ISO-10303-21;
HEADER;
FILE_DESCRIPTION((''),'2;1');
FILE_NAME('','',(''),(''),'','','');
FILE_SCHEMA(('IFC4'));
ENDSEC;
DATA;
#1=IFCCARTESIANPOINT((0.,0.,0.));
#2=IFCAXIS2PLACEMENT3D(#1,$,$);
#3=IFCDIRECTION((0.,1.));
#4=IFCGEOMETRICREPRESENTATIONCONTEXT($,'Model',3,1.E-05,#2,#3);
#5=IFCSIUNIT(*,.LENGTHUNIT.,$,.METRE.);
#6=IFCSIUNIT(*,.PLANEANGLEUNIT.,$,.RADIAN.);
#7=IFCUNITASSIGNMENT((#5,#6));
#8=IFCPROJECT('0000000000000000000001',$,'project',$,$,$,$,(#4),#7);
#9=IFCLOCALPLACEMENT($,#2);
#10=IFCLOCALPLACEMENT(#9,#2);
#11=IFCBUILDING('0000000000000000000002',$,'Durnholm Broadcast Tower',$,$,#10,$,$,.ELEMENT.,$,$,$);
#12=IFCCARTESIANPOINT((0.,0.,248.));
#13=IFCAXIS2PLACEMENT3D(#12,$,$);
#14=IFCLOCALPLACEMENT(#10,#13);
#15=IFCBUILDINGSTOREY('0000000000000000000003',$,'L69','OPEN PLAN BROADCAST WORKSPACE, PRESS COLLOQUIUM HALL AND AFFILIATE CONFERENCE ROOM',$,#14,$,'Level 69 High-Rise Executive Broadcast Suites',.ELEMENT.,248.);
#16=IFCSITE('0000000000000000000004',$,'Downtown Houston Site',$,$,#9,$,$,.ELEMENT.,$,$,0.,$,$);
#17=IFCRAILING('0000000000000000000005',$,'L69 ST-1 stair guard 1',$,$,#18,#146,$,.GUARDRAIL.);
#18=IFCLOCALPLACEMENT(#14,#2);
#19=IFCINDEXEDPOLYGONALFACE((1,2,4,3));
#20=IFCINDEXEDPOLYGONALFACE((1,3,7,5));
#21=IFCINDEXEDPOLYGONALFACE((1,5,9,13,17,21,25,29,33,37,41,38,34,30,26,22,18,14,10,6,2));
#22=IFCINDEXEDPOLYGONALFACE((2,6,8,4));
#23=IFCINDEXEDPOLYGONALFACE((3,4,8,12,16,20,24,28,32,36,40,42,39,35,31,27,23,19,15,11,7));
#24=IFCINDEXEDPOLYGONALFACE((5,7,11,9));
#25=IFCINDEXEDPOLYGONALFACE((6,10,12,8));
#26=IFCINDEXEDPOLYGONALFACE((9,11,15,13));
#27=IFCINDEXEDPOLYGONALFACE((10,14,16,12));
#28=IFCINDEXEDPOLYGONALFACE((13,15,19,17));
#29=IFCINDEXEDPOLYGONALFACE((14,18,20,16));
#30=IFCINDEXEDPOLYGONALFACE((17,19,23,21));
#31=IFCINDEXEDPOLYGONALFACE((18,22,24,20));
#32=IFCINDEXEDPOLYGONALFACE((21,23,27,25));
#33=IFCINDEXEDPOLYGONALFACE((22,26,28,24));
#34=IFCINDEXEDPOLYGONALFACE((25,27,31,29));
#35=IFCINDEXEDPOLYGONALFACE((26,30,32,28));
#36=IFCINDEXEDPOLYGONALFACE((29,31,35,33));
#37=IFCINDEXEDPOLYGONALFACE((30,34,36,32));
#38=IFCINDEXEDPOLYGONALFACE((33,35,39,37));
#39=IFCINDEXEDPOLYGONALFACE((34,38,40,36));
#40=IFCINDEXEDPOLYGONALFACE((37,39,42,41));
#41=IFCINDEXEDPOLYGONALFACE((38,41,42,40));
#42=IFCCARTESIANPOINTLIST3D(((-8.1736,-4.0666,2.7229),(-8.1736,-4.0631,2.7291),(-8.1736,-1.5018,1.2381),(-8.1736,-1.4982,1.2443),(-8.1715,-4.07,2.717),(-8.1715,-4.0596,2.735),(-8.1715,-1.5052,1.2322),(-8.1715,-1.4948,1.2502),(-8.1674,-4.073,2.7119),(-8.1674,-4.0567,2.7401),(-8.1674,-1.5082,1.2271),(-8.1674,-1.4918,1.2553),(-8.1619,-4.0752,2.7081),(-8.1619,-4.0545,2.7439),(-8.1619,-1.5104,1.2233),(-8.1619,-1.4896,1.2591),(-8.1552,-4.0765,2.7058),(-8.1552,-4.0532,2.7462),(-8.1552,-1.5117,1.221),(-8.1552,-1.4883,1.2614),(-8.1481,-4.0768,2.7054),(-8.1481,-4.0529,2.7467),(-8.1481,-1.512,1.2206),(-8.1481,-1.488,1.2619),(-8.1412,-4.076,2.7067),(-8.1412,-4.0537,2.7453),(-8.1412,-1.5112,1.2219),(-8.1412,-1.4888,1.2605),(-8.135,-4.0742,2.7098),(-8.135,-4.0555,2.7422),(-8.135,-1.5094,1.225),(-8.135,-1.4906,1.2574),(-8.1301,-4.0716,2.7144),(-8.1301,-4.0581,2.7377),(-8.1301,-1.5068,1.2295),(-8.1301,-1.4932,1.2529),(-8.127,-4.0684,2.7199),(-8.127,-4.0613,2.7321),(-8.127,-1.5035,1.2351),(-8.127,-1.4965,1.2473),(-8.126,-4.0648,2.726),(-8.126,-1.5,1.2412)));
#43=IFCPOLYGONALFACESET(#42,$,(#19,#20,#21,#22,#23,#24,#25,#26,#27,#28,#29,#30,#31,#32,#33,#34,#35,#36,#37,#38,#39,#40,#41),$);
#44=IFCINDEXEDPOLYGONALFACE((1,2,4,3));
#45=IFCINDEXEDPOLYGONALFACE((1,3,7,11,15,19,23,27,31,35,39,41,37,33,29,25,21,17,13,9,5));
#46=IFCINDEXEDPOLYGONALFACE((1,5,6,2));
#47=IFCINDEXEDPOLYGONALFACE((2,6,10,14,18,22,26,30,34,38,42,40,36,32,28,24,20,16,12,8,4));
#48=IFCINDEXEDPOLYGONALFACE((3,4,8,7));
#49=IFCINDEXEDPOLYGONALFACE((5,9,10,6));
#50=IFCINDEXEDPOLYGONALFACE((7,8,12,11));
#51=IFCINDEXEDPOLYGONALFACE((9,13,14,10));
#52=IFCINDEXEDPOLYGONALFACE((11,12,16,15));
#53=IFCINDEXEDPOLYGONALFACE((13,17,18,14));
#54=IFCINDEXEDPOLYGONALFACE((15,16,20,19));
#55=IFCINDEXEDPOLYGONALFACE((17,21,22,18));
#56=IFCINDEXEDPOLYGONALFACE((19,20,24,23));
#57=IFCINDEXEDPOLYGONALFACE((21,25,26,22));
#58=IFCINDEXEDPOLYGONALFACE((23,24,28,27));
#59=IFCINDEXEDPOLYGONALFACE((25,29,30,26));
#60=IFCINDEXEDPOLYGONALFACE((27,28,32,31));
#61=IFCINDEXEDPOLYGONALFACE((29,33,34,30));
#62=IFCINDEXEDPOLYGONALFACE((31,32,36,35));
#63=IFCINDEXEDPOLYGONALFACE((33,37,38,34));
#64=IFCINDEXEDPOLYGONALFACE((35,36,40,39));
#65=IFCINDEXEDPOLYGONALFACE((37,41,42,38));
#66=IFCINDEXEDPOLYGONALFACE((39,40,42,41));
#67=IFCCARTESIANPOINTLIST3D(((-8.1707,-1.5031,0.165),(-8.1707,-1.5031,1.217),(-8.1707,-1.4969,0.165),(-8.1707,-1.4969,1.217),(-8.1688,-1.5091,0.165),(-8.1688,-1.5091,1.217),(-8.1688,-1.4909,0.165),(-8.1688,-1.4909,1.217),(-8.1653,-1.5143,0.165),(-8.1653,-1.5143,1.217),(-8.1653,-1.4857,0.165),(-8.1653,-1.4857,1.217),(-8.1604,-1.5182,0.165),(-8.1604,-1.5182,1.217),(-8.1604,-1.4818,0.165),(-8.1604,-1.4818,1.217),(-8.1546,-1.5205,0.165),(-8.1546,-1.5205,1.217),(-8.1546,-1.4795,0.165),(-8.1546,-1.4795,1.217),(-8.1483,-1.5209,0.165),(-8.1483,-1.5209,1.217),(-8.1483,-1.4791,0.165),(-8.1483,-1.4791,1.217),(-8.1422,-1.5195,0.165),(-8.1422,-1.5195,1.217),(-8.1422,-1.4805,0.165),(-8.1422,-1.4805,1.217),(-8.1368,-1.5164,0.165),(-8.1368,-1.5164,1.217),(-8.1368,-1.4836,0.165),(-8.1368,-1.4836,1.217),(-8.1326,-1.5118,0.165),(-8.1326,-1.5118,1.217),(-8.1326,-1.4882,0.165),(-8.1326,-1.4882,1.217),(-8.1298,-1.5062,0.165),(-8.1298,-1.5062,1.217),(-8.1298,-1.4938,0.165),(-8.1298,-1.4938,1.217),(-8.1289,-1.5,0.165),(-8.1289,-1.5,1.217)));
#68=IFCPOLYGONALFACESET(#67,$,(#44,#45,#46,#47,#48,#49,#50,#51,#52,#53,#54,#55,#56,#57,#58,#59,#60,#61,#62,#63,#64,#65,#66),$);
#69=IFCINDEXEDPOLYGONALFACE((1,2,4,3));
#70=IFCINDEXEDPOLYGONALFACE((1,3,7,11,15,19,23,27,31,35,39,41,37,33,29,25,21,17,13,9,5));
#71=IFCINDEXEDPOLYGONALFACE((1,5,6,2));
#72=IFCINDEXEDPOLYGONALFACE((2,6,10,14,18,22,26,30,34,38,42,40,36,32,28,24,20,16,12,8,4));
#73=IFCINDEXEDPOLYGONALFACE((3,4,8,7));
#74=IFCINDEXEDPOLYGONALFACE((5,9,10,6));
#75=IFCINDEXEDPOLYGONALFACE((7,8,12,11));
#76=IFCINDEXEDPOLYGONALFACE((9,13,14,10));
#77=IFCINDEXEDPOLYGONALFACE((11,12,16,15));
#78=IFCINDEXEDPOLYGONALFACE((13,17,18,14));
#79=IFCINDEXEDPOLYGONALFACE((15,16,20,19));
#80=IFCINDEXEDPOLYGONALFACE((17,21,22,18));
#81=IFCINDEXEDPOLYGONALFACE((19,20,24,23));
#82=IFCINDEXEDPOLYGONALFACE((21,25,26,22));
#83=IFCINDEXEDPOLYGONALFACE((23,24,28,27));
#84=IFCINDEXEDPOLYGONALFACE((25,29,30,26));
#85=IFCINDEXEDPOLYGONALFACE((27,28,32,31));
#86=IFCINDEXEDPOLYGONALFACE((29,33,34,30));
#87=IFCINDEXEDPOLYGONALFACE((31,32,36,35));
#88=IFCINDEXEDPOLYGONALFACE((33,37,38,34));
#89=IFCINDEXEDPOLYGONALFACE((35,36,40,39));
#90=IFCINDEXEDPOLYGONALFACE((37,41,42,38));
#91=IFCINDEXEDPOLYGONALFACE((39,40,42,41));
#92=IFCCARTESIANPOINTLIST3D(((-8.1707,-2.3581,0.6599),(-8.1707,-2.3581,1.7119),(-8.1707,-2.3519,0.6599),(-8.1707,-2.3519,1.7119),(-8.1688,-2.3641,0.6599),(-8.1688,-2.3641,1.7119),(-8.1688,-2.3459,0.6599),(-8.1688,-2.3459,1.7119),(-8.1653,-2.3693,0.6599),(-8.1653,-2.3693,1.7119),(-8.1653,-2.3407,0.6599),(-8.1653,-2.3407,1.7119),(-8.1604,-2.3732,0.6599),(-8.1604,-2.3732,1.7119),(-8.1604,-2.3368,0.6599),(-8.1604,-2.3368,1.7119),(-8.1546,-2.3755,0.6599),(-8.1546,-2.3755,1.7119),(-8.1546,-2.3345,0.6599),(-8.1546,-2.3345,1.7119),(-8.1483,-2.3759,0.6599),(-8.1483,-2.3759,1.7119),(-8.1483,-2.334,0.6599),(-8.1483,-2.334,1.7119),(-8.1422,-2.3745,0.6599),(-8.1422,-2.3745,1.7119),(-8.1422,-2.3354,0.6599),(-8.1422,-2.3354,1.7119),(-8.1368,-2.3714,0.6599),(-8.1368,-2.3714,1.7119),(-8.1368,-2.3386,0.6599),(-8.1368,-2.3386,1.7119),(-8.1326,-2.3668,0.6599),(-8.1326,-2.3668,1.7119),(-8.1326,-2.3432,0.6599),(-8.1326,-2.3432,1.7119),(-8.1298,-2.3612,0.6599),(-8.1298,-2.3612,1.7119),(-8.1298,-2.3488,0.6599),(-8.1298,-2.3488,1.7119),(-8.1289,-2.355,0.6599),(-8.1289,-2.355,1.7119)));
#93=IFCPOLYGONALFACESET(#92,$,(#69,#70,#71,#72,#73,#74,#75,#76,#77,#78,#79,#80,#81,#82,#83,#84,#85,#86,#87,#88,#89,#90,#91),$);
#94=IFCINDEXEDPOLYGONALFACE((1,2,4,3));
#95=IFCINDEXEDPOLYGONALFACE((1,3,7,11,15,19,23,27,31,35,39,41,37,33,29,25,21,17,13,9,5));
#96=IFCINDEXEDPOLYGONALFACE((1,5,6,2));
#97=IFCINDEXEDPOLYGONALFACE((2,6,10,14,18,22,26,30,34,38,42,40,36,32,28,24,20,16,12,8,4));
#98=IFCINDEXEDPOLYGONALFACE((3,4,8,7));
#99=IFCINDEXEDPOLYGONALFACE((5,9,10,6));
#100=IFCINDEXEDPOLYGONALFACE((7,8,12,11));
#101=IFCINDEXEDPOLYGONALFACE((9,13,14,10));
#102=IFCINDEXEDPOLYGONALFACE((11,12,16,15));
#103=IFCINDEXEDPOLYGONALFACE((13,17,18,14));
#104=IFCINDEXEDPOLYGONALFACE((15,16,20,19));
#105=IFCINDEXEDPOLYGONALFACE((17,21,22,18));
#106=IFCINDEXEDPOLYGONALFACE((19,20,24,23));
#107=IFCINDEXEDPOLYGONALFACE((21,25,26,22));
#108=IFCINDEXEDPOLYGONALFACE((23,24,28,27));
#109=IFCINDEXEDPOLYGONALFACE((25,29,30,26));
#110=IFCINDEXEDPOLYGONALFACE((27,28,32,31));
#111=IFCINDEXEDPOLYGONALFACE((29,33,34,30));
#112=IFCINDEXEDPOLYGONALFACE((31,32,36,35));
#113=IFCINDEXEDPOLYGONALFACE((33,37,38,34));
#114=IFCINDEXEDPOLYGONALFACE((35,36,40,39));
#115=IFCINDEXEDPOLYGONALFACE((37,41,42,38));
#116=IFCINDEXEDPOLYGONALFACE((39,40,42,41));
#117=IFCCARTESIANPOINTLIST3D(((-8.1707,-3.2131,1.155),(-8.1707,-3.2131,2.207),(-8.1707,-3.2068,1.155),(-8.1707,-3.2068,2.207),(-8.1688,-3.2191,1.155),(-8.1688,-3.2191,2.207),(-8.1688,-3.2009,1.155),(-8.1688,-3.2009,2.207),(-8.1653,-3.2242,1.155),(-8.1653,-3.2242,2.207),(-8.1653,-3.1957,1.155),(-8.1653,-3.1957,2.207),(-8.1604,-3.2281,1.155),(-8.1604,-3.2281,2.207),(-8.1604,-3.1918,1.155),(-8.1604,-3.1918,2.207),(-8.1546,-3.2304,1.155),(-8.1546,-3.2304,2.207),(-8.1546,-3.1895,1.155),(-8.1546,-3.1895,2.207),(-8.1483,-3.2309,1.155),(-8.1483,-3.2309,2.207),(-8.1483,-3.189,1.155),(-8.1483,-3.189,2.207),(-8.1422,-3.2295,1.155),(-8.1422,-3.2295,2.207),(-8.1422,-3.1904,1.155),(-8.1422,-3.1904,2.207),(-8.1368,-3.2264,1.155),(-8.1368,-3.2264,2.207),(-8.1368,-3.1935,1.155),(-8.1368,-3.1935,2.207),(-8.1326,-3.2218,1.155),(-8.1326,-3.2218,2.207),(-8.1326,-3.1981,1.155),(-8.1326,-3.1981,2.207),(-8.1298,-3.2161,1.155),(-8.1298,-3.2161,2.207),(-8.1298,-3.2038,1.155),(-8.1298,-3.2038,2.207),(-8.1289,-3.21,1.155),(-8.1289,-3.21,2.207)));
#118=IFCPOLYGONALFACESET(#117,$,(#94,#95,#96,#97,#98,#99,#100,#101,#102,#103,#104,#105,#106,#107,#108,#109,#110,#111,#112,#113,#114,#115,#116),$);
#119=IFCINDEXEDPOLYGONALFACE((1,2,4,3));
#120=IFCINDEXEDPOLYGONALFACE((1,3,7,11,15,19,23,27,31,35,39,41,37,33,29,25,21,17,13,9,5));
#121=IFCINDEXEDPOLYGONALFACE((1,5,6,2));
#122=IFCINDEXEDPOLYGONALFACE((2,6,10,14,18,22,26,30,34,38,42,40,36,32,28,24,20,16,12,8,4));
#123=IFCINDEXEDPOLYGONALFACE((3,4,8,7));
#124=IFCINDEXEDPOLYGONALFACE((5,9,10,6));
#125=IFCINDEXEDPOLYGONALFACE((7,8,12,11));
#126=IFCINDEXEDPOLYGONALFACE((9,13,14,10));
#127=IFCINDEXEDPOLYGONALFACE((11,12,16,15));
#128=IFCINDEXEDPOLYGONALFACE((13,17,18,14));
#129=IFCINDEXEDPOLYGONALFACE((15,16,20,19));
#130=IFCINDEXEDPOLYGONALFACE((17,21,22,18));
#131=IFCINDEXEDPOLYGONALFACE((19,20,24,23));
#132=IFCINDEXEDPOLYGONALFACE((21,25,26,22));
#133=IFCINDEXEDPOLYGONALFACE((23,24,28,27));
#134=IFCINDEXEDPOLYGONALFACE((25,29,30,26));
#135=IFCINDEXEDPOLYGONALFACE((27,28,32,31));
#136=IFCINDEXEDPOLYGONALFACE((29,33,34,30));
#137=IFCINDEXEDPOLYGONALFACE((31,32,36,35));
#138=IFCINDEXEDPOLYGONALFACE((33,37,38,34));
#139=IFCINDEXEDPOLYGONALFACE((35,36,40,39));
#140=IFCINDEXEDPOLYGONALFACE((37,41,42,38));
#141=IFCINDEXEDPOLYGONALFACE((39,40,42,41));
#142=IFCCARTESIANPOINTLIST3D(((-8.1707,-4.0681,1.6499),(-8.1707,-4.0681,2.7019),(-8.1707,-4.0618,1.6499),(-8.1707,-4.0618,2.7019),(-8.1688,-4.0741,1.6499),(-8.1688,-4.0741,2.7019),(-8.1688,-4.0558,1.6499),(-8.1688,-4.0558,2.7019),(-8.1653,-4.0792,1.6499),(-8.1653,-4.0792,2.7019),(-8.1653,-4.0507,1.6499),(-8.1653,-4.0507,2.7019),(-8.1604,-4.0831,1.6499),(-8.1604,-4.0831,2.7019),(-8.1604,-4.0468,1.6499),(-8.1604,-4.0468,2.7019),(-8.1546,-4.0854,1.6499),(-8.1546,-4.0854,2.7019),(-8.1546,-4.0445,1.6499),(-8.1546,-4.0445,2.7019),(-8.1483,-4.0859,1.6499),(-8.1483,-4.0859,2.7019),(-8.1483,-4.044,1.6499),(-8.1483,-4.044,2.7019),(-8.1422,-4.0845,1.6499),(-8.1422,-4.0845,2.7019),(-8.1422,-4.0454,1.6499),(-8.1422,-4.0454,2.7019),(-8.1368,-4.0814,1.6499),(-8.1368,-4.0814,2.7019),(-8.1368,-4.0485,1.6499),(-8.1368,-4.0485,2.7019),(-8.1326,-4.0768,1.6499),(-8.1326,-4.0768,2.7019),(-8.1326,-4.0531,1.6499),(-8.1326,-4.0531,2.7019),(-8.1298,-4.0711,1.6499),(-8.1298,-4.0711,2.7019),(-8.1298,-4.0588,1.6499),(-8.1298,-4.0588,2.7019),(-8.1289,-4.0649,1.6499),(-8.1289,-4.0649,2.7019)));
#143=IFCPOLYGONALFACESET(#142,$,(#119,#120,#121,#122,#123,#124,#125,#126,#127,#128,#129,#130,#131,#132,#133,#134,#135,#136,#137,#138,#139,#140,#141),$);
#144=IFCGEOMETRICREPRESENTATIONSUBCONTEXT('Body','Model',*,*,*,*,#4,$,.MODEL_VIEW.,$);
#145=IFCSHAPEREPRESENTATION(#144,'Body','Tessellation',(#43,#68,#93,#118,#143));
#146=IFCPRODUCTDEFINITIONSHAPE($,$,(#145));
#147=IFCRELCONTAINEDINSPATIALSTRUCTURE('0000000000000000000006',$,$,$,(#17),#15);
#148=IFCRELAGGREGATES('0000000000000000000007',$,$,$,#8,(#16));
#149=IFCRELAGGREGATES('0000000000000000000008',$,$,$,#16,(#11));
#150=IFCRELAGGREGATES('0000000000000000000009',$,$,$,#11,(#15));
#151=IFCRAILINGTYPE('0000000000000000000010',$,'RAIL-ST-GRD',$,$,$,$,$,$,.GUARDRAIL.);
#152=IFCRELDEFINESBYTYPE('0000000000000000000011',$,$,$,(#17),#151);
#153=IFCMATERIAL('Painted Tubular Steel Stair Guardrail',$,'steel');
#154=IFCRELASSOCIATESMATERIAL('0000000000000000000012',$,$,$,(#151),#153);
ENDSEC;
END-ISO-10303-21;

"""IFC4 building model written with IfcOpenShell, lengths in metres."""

from ifc_helpers import new_model, si_unit, direction, frame, origin, origin_2d, place, context, subcontext, project, spatial, circle, extrude, material, type_object, element, save


model = new_model("IFC4")

# Units and contexts
model_context = context("Model", 3, precision=1e-05, world=origin(), true_north=direction((0.0, 1.0)))
body_context = subcontext(model_context, "Body", "Model", "MODEL_VIEW")
ifc_project = project(units=[si_unit("LENGTHUNIT", "METRE"), si_unit("PLANEANGLEUNIT", "RADIAN")], contexts=[model_context])

# Site, building, storey
site_placement = place(None, origin())
site = spatial("IfcSite", under=ifc_project, at=site_placement, Name="Downtown Houston Site", CompositionType="ELEMENT", RefElevation=0.0)
building_placement = place(site_placement, origin())
building = spatial("IfcBuilding", under=site, at=building_placement, Name="Durnholm Broadcast Tower", CompositionType="ELEMENT")
storey_placement = place(building_placement, frame((0.0, 0.0, 248.0)))
storey = spatial("IfcBuildingStorey", under=building, at=storey_placement, Name="L69", Description="OPEN PLAN BROADCAST WORKSPACE, PRESS COLLOQUIUM HALL AND AFFILIATE CONFERENCE ROOM", LongName="Level 69 High-Rise Executive Broadcast Suites", CompositionType="ELEMENT", Elevation=248.0)

# Railing
ifc_material_1 = material(Name="Painted Tubular Steel Stair Guardrail", Category="steel")
railing_type_1 = type_object("IfcRailingType", Name="RAIL-ST-GRD", PredefinedType="GUARDRAIL", material=ifc_material_1)
railing_1_placement = place(storey_placement, frame((-8.1499, -1.5, 0.165)))
element("IfcRailing", 1, at=railing_1_placement, inside=storey, type_object=railing_type_1, Name="L69 ST-1 stair guard 1", PredefinedType="GUARDRAIL", context=body_context, shape_type="SweptSolid", body=[
    extrude(circle(Radius=0.0239, at=origin_2d()), frame((0.0, 0.0, 1.0762), z_axis=(0.0, -0.865441, 0.50101), x_axis=(1.0, 0.0, 0.0)), (0.0, 0.0, 1.0), 2.9636),
    extrude(circle(Radius=0.021, at=origin_2d()), origin(), (0.0, 0.0, 1.0), 1.052),
    extrude(circle(Radius=0.021, at=origin_2d()), frame((0.0, -0.855, 0.4949)), (0.0, 0.0, 1.0), 1.052),
    extrude(circle(Radius=0.021, at=origin_2d()), frame((0.0, -1.71, 0.99)), (0.0, 0.0, 1.0), 1.052),
    extrude(circle(Radius=0.021, at=origin_2d()), frame((0.0, -2.5649, 1.4849)), (0.0, 0.0, 1.0), 1.052),
])

save(model, "model.ifc")
